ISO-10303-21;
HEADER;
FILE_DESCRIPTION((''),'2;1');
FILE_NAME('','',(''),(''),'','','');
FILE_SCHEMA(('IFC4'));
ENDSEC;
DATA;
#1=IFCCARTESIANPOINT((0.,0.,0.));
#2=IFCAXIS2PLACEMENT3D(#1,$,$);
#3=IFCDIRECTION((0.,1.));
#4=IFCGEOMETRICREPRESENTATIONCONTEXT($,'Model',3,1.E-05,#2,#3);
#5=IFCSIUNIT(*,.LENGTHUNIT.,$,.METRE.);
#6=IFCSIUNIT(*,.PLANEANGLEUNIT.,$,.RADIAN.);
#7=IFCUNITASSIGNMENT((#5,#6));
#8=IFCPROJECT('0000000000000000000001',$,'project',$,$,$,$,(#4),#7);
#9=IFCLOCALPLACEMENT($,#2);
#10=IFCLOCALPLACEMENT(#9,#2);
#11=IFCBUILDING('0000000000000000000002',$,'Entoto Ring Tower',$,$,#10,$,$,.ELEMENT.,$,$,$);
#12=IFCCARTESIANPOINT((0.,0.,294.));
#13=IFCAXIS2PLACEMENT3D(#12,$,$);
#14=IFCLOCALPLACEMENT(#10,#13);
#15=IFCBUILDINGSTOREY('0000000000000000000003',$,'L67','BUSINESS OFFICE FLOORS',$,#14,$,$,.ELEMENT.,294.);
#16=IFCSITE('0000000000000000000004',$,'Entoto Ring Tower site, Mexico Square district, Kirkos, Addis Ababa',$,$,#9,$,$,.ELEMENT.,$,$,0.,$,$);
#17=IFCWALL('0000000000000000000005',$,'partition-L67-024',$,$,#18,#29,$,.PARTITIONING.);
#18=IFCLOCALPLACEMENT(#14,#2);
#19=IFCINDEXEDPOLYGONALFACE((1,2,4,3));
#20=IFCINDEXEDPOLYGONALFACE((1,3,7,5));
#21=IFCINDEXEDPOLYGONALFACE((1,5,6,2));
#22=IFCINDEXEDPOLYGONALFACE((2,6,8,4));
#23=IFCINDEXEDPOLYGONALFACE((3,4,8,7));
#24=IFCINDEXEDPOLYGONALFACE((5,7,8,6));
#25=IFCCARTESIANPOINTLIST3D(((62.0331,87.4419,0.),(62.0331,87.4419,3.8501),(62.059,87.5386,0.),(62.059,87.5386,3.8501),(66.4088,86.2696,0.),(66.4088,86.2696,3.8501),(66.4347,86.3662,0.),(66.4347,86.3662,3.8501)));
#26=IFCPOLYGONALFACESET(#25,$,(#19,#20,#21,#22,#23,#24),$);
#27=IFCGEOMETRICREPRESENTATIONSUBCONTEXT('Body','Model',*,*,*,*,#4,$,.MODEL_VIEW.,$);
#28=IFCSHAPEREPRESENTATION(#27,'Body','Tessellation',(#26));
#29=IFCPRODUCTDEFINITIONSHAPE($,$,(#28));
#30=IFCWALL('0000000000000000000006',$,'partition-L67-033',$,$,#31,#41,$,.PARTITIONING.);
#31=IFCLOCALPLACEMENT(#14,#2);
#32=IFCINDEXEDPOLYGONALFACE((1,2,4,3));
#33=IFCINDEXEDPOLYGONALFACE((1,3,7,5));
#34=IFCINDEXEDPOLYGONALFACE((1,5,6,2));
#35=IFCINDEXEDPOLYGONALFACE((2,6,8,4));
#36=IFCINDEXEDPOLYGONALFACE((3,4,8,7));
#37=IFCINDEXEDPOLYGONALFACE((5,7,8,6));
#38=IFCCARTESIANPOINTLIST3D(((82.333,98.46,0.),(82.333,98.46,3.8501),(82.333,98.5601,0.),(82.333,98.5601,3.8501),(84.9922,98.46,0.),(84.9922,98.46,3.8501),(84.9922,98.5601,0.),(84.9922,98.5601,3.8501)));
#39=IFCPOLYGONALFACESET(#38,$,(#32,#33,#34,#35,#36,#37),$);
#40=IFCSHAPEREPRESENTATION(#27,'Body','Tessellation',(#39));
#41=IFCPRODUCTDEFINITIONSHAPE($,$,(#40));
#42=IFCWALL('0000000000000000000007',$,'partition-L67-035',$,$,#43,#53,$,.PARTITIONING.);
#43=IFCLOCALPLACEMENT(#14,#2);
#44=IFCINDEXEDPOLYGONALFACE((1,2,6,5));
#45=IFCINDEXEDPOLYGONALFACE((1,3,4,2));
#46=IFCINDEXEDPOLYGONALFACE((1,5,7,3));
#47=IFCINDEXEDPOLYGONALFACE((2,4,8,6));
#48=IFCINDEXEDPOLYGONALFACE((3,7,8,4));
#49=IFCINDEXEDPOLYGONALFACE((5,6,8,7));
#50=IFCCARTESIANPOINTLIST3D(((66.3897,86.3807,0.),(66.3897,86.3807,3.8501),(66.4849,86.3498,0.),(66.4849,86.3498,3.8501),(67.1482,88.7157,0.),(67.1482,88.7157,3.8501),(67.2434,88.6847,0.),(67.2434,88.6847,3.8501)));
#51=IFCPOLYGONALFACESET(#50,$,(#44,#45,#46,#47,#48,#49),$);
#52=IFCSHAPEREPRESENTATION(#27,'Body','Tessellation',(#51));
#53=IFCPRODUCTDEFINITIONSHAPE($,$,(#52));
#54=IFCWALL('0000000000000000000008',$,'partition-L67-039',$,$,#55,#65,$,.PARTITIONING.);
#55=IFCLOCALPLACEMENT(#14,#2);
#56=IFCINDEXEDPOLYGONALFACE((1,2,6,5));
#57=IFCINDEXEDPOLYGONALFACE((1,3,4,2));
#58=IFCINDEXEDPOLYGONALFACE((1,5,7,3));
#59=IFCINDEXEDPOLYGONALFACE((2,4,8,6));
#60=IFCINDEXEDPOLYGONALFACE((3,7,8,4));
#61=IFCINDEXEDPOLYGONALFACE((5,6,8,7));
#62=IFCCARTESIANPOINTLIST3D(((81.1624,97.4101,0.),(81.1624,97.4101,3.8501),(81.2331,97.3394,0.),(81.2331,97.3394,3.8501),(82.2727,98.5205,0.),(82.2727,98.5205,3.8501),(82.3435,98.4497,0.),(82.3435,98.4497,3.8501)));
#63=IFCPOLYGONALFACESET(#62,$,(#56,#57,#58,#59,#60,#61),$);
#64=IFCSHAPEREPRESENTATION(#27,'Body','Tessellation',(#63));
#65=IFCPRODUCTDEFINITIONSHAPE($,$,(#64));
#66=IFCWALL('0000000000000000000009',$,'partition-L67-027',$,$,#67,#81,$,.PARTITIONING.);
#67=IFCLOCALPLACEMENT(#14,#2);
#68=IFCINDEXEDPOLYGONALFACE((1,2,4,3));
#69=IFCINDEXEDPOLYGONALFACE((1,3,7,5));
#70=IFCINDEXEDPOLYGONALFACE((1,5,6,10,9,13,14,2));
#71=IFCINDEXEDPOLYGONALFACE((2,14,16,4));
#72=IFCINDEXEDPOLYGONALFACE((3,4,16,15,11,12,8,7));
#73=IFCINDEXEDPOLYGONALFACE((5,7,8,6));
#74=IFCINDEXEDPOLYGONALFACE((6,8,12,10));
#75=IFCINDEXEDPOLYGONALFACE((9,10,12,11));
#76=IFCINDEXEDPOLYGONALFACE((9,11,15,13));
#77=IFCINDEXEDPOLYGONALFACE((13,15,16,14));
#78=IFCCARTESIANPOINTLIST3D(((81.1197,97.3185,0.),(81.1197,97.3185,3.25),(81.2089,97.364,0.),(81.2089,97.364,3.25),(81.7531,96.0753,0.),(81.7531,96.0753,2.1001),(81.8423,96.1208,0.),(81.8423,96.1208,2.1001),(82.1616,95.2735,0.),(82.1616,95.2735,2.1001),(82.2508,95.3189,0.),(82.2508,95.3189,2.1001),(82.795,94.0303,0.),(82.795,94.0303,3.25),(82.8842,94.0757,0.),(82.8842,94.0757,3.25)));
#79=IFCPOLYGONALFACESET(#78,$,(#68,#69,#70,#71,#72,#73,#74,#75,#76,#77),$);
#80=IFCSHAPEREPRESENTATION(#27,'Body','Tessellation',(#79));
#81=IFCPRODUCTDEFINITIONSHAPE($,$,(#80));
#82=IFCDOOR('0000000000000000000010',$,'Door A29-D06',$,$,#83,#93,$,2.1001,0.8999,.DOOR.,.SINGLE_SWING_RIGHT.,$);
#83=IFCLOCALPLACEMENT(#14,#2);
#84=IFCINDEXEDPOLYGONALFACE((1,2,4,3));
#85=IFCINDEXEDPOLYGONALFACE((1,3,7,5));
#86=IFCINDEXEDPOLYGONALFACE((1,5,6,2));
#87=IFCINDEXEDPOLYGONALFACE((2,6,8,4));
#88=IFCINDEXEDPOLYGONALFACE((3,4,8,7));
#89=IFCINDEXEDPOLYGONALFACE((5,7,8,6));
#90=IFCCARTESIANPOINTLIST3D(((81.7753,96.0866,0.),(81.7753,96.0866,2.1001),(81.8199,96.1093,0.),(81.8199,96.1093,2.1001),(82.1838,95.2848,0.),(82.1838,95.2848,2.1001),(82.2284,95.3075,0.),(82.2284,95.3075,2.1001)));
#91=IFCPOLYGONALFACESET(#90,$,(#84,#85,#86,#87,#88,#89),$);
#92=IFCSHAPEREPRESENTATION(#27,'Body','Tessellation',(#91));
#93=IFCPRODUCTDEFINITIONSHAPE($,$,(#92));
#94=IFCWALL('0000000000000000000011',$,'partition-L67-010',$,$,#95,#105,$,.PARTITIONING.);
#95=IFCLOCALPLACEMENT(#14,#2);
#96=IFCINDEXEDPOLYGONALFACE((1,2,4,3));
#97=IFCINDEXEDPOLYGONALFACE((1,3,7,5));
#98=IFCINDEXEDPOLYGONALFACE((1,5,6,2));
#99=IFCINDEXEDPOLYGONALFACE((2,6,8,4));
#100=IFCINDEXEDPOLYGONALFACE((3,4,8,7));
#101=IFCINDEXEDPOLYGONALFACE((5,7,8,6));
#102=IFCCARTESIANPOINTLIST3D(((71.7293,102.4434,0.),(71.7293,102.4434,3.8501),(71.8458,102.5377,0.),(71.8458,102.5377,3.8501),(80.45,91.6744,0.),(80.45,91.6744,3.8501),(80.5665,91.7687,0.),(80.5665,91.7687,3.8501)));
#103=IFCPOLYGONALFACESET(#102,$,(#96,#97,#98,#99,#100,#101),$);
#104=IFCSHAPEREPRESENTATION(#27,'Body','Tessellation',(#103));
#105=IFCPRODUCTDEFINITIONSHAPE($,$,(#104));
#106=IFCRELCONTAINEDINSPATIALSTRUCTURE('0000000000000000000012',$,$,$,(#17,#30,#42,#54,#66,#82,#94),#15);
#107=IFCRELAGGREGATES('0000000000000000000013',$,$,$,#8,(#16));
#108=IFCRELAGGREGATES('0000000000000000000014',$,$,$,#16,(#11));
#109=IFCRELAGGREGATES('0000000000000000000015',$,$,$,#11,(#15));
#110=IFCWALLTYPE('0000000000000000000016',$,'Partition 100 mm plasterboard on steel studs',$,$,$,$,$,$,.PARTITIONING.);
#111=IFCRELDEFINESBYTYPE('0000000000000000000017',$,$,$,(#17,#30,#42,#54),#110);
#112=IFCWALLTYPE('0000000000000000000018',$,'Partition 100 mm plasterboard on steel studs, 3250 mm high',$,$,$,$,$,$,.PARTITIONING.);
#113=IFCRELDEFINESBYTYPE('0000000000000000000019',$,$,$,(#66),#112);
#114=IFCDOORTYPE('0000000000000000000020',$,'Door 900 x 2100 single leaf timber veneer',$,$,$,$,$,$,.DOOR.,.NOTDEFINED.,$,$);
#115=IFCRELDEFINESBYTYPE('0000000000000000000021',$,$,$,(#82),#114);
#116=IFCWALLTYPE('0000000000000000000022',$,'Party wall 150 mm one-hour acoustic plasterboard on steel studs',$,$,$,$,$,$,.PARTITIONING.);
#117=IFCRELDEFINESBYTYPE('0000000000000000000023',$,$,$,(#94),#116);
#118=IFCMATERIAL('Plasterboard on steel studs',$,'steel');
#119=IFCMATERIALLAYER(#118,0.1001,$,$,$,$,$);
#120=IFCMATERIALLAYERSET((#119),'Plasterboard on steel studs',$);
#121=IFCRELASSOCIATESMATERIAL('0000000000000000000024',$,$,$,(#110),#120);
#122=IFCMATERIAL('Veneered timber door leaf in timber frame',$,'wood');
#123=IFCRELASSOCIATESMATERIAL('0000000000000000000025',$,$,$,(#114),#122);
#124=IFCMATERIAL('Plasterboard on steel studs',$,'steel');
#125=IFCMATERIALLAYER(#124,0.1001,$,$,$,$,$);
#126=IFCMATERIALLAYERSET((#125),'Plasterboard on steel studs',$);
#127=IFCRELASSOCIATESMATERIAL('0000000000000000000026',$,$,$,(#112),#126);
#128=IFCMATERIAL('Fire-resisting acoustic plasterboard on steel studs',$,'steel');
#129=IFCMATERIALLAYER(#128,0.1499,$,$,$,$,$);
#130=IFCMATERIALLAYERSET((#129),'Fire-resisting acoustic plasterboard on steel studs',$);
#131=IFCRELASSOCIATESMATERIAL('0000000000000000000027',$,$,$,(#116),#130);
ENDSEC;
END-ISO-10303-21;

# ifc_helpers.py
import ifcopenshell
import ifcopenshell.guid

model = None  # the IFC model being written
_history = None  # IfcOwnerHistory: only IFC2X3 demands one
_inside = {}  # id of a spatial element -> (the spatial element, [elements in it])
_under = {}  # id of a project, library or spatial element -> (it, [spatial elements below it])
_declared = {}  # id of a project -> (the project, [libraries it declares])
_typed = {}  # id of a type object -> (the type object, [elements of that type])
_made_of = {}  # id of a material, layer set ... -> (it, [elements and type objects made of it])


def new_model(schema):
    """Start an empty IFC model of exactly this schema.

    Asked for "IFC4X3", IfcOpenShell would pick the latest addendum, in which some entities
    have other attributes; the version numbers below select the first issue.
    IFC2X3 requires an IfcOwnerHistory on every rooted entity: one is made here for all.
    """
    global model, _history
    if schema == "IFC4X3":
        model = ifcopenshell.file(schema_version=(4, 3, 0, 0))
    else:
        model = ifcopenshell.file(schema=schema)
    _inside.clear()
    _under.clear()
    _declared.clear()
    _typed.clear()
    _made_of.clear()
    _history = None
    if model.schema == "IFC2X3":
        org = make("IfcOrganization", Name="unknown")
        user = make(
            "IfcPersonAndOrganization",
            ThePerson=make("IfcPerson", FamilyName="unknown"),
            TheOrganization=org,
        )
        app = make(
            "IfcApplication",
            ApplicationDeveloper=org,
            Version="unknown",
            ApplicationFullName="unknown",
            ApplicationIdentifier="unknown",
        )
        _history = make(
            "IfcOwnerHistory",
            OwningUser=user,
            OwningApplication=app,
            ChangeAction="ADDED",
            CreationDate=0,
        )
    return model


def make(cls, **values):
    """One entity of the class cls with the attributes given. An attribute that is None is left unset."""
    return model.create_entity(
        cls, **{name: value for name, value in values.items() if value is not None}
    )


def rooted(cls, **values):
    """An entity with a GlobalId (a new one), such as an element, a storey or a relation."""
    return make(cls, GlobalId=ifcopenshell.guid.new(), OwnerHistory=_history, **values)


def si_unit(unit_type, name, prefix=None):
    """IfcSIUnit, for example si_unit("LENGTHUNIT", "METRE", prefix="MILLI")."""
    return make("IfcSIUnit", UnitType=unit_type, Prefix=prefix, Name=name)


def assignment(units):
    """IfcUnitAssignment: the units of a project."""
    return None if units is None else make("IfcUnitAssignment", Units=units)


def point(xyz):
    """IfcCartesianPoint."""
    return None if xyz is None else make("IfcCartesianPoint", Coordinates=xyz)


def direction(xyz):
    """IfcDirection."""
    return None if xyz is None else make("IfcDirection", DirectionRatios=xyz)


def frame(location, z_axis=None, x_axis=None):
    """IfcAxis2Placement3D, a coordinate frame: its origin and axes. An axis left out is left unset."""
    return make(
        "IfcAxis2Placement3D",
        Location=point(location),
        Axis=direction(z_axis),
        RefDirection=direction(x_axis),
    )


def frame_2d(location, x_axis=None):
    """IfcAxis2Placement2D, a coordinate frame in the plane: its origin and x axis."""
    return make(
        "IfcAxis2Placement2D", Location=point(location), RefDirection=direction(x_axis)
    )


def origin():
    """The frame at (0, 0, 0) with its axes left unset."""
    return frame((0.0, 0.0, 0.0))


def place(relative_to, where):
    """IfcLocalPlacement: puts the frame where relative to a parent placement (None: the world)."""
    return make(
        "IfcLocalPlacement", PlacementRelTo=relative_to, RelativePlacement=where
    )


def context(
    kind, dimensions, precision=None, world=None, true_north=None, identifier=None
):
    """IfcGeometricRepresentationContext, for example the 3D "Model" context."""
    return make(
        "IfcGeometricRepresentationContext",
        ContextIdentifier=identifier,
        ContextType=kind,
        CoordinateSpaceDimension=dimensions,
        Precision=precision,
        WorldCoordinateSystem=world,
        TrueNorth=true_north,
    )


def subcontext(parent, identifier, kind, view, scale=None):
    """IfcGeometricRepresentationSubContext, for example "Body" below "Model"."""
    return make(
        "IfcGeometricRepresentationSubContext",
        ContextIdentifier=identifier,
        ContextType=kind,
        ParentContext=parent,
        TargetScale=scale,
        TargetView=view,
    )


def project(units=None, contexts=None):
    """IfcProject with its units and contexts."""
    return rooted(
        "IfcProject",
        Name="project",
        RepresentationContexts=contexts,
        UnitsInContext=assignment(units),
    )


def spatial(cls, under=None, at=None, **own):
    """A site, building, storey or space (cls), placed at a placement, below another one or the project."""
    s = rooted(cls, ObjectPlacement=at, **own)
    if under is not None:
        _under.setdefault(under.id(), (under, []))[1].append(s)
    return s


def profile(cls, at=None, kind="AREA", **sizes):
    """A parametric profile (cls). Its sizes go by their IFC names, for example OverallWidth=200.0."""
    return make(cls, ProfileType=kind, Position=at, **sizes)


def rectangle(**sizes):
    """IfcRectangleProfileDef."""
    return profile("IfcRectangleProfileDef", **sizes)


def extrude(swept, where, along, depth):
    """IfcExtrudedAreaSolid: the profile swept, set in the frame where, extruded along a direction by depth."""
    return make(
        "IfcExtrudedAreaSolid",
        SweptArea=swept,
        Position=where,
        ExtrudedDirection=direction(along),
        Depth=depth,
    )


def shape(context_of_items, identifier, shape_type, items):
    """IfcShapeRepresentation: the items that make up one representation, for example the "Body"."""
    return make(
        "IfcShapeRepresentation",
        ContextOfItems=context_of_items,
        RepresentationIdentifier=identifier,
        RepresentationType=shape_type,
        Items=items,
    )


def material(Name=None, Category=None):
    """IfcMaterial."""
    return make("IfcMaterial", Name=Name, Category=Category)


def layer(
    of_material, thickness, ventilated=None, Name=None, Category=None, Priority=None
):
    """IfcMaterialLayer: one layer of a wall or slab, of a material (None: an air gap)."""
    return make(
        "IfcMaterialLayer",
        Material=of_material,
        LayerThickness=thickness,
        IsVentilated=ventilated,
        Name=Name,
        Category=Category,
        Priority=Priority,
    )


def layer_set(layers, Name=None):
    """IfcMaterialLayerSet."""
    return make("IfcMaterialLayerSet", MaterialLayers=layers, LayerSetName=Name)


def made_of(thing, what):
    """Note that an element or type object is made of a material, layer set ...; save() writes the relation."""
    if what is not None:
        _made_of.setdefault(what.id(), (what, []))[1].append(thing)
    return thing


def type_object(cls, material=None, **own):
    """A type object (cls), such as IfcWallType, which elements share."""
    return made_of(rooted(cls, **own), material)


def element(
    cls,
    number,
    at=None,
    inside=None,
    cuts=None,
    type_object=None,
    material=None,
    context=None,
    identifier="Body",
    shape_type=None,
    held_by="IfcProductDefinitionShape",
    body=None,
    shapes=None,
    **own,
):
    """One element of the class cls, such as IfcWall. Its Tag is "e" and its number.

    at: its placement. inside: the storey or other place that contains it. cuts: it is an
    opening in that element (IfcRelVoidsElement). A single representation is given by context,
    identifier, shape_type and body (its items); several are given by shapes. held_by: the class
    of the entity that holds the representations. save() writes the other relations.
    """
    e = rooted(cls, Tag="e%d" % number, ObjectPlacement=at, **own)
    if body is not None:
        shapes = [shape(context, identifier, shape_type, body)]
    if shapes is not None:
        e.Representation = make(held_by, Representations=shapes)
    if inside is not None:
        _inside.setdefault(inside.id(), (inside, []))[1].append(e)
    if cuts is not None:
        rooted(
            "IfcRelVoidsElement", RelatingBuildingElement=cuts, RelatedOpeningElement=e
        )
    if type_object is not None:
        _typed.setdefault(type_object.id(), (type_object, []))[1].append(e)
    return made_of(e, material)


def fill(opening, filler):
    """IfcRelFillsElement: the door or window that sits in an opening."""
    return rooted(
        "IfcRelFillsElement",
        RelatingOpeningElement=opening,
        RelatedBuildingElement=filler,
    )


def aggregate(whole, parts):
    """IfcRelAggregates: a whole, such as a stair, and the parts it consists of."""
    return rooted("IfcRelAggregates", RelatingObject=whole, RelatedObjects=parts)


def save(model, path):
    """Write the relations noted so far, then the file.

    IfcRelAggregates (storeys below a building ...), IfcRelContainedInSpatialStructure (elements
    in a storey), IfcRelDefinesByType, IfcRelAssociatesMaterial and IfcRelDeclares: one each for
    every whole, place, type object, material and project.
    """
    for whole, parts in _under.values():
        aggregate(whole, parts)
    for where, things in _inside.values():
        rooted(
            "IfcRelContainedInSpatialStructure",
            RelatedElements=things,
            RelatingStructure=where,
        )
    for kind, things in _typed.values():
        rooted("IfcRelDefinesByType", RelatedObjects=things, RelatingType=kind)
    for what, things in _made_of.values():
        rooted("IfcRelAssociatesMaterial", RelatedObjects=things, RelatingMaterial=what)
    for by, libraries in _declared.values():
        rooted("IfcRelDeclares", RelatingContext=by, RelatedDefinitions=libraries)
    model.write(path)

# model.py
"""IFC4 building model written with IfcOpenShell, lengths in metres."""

from ifc_helpers import new_model, si_unit, direction, frame, frame_2d, origin, place, context, subcontext, project, spatial, rectangle, extrude, material, layer, layer_set, type_object, element, fill, save


model = new_model("IFC4")

# Units and contexts
model_context = context("Model", 3, precision=1e-05, world=origin(), true_north=direction((0.0, 1.0)))
body_context = subcontext(model_context, "Body", "Model", "MODEL_VIEW")
ifc_project = project(units=[si_unit("LENGTHUNIT", "METRE"), si_unit("PLANEANGLEUNIT", "RADIAN")], contexts=[model_context])

# Site, building, storey
site_placement = place(None, origin())
site = spatial("IfcSite", under=ifc_project, at=site_placement, Name="Entoto Ring Tower site, Mexico Square district, Kirkos, Addis Ababa", CompositionType="ELEMENT", RefElevation=0.0)
building_placement = place(site_placement, origin())
building = spatial("IfcBuilding", under=site, at=building_placement, Name="Entoto Ring Tower", CompositionType="ELEMENT")
storey_placement = place(building_placement, frame((0.0, 0.0, 294.0)))
storey = spatial("IfcBuildingStorey", under=building, at=storey_placement, Name="L67", Description="BUSINESS OFFICE FLOORS", CompositionType="ELEMENT", Elevation=294.0)

# Shared definitions
ifc_material_1 = material(Name="Plasterboard on steel studs", Category="steel")
ifc_layer_1 = layer(ifc_material_1, 0.1001)
ifc_layer_set_1 = layer_set([ifc_layer_1], Name="Plasterboard on steel studs")
wall_type_1 = type_object("IfcWallType", Name="Partition 100 mm plasterboard on steel studs", PredefinedType="PARTITIONING", material=ifc_layer_set_1)
ifc_material_2 = material(Name="Veneered timber door leaf in timber frame", Category="wood")
door_type_1 = type_object("IfcDoorType", Name="Door 900 x 2100 single leaf timber veneer", OperationType="NOTDEFINED", PredefinedType="DOOR", material=ifc_material_2)

# Walls
wall_1_placement = place(storey_placement, frame((66.4219, 86.3179, 0.0), z_axis=(0.0, 0.0, 1.0), x_axis=(-0.965932, 0.258796, 0.0)))
element("IfcWall", 1, at=wall_1_placement, inside=storey, type_object=wall_type_1, Name="partition-L67-024", PredefinedType="PARTITIONING", context=body_context, shape_type="SweptSolid", body=[
    extrude(rectangle(XDim=4.53, YDim=0.1001, at=frame_2d((2.2651, 0.0))), origin(), (0.0, 0.0, 1.0), 3.8501),
])
wall_2_placement = place(storey_placement, frame((82.333, 98.51, 0.0), z_axis=(0.0, 0.0, 1.0), x_axis=(1.0, 0.0, 0.0)))
element("IfcWall", 2, at=wall_2_placement, inside=storey, type_object=wall_type_1, Name="partition-L67-033", PredefinedType="PARTITIONING", context=body_context, shape_type="SweptSolid", body=[
    extrude(rectangle(XDim=2.6592, YDim=0.1001, at=frame_2d((1.3296, 0.0))), origin(), (0.0, 0.0, 1.0), 3.8501),
])
wall_3_placement = place(storey_placement, frame((66.4373, 86.3652, 0.0), z_axis=(0.0, 0.0, 1.0), x_axis=(0.308969, 0.951072, 0.0)))
element("IfcWall", 3, at=wall_3_placement, inside=storey, type_object=wall_type_1, Name="partition-L67-035", PredefinedType="PARTITIONING", context=body_context, shape_type="SweptSolid", body=[
    extrude(rectangle(XDim=2.4551, YDim=0.1001, at=frame_2d((1.2275, 0.0))), origin(), (0.0, 0.0, 1.0), 3.8501),
])
wall_4_placement = place(storey_placement, frame((81.1978, 97.3748, 0.0), z_axis=(0.0, 0.0, 1.0), x_axis=(0.707107, 0.707107, 0.0)))
element("IfcWall", 4, at=wall_4_placement, inside=storey, type_object=wall_type_1, Name="partition-L67-039", PredefinedType="PARTITIONING", context=body_context, shape_type="SweptSolid", body=[
    extrude(rectangle(XDim=1.5703, YDim=0.1001, at=frame_2d((0.7852, 0.0))), origin(), (0.0, 0.0, 1.0), 3.8501),
])

# Wall, opening, door
ifc_material_3 = material(Name="Plasterboard on steel studs", Category="steel")
ifc_layer_2 = layer(ifc_material_3, 0.1001)
ifc_layer_set_2 = layer_set([ifc_layer_2], Name="Plasterboard on steel studs")
wall_type_2 = type_object("IfcWallType", Name="Partition 100 mm plasterboard on steel studs, 3250 mm high", PredefinedType="PARTITIONING", material=ifc_layer_set_2)
wall_5_placement = place(storey_placement, frame((82.8396, 94.053, 0.0), z_axis=(0.0, 0.0, 1.0), x_axis=(-0.453949, 0.891028, 0.0)))
wall_5 = element("IfcWall", 5, at=wall_5_placement, inside=storey, type_object=wall_type_2, Name="partition-L67-027", PredefinedType="PARTITIONING", context=body_context, shape_type="SweptSolid", body=[
    extrude(rectangle(XDim=3.6904, YDim=0.1001, at=frame_2d((1.8452, 0.0))), origin(), (0.0, 0.0, 1.0), 3.25),
])
opening_1_placement = place(wall_5_placement, frame((1.3953, 0.0, 0.0)))
opening_1 = element("IfcOpeningElement", 6, at=opening_1_placement, cuts=wall_5, PredefinedType="OPENING", context=body_context, shape_type="SweptSolid", body=[
    extrude(rectangle(XDim=0.8999, YDim=2.1001, at=frame_2d((0.45, 1.05))), frame((0.0, 0.0601, 0.0), z_axis=(0.0, -1.0, 0.0), x_axis=(1.0, 0.0, 0.0)), (0.0, 0.0, 1.0), 0.1201),
])
door_1_placement = place(opening_1_placement, frame((0.8999, 0.0, 0.0), z_axis=(0.0, 0.0, 1.0), x_axis=(-1.0, 0.0, 0.0)))
door_1 = element("IfcDoor", 7, at=door_1_placement, inside=storey, type_object=door_type_1, Name="Door A29-D06", OperationType="SINGLE_SWING_RIGHT", OverallHeight=2.1001, OverallWidth=0.8999, PredefinedType="DOOR", context=body_context, shape_type="SweptSolid", body=[
    extrude(rectangle(XDim=0.8999, YDim=2.1001, at=frame_2d((0.45, 1.05))), frame((0.0, 0.0249, 0.0), z_axis=(0.0, -1.0, 0.0), x_axis=(1.0, 0.0, 0.0)), (0.0, 0.0, 1.0), 0.05),
])
fill(opening_1, door_1)

# Wall
ifc_material_4 = material(Name="Fire-resisting acoustic plasterboard on steel studs", Category="steel")
ifc_layer_3 = layer(ifc_material_4, 0.1499)
ifc_layer_set_3 = layer_set([ifc_layer_3], Name="Fire-resisting acoustic plasterboard on steel studs")
wall_type_3 = type_object("IfcWallType", Name="Party wall 150 mm one-hour acoustic plasterboard on steel studs", PredefinedType="PARTITIONING", material=ifc_layer_set_3)
wall_6_placement = place(storey_placement, frame((80.5083, 91.7214, 0.0), z_axis=(0.0, 0.0, 1.0), x_axis=(-0.629325, 0.777142, 0.0)))
element("IfcWall", 8, at=wall_6_placement, inside=storey, type_object=wall_type_3, Name="partition-L67-010", PredefinedType="PARTITIONING", context=body_context, shape_type="SweptSolid", body=[
    extrude(rectangle(XDim=13.8572, YDim=0.1499, at=frame_2d((6.9287, 0.0))), origin(), (0.0, 0.0, 1.0), 3.8501),
])

save(model, "model.ifc")
